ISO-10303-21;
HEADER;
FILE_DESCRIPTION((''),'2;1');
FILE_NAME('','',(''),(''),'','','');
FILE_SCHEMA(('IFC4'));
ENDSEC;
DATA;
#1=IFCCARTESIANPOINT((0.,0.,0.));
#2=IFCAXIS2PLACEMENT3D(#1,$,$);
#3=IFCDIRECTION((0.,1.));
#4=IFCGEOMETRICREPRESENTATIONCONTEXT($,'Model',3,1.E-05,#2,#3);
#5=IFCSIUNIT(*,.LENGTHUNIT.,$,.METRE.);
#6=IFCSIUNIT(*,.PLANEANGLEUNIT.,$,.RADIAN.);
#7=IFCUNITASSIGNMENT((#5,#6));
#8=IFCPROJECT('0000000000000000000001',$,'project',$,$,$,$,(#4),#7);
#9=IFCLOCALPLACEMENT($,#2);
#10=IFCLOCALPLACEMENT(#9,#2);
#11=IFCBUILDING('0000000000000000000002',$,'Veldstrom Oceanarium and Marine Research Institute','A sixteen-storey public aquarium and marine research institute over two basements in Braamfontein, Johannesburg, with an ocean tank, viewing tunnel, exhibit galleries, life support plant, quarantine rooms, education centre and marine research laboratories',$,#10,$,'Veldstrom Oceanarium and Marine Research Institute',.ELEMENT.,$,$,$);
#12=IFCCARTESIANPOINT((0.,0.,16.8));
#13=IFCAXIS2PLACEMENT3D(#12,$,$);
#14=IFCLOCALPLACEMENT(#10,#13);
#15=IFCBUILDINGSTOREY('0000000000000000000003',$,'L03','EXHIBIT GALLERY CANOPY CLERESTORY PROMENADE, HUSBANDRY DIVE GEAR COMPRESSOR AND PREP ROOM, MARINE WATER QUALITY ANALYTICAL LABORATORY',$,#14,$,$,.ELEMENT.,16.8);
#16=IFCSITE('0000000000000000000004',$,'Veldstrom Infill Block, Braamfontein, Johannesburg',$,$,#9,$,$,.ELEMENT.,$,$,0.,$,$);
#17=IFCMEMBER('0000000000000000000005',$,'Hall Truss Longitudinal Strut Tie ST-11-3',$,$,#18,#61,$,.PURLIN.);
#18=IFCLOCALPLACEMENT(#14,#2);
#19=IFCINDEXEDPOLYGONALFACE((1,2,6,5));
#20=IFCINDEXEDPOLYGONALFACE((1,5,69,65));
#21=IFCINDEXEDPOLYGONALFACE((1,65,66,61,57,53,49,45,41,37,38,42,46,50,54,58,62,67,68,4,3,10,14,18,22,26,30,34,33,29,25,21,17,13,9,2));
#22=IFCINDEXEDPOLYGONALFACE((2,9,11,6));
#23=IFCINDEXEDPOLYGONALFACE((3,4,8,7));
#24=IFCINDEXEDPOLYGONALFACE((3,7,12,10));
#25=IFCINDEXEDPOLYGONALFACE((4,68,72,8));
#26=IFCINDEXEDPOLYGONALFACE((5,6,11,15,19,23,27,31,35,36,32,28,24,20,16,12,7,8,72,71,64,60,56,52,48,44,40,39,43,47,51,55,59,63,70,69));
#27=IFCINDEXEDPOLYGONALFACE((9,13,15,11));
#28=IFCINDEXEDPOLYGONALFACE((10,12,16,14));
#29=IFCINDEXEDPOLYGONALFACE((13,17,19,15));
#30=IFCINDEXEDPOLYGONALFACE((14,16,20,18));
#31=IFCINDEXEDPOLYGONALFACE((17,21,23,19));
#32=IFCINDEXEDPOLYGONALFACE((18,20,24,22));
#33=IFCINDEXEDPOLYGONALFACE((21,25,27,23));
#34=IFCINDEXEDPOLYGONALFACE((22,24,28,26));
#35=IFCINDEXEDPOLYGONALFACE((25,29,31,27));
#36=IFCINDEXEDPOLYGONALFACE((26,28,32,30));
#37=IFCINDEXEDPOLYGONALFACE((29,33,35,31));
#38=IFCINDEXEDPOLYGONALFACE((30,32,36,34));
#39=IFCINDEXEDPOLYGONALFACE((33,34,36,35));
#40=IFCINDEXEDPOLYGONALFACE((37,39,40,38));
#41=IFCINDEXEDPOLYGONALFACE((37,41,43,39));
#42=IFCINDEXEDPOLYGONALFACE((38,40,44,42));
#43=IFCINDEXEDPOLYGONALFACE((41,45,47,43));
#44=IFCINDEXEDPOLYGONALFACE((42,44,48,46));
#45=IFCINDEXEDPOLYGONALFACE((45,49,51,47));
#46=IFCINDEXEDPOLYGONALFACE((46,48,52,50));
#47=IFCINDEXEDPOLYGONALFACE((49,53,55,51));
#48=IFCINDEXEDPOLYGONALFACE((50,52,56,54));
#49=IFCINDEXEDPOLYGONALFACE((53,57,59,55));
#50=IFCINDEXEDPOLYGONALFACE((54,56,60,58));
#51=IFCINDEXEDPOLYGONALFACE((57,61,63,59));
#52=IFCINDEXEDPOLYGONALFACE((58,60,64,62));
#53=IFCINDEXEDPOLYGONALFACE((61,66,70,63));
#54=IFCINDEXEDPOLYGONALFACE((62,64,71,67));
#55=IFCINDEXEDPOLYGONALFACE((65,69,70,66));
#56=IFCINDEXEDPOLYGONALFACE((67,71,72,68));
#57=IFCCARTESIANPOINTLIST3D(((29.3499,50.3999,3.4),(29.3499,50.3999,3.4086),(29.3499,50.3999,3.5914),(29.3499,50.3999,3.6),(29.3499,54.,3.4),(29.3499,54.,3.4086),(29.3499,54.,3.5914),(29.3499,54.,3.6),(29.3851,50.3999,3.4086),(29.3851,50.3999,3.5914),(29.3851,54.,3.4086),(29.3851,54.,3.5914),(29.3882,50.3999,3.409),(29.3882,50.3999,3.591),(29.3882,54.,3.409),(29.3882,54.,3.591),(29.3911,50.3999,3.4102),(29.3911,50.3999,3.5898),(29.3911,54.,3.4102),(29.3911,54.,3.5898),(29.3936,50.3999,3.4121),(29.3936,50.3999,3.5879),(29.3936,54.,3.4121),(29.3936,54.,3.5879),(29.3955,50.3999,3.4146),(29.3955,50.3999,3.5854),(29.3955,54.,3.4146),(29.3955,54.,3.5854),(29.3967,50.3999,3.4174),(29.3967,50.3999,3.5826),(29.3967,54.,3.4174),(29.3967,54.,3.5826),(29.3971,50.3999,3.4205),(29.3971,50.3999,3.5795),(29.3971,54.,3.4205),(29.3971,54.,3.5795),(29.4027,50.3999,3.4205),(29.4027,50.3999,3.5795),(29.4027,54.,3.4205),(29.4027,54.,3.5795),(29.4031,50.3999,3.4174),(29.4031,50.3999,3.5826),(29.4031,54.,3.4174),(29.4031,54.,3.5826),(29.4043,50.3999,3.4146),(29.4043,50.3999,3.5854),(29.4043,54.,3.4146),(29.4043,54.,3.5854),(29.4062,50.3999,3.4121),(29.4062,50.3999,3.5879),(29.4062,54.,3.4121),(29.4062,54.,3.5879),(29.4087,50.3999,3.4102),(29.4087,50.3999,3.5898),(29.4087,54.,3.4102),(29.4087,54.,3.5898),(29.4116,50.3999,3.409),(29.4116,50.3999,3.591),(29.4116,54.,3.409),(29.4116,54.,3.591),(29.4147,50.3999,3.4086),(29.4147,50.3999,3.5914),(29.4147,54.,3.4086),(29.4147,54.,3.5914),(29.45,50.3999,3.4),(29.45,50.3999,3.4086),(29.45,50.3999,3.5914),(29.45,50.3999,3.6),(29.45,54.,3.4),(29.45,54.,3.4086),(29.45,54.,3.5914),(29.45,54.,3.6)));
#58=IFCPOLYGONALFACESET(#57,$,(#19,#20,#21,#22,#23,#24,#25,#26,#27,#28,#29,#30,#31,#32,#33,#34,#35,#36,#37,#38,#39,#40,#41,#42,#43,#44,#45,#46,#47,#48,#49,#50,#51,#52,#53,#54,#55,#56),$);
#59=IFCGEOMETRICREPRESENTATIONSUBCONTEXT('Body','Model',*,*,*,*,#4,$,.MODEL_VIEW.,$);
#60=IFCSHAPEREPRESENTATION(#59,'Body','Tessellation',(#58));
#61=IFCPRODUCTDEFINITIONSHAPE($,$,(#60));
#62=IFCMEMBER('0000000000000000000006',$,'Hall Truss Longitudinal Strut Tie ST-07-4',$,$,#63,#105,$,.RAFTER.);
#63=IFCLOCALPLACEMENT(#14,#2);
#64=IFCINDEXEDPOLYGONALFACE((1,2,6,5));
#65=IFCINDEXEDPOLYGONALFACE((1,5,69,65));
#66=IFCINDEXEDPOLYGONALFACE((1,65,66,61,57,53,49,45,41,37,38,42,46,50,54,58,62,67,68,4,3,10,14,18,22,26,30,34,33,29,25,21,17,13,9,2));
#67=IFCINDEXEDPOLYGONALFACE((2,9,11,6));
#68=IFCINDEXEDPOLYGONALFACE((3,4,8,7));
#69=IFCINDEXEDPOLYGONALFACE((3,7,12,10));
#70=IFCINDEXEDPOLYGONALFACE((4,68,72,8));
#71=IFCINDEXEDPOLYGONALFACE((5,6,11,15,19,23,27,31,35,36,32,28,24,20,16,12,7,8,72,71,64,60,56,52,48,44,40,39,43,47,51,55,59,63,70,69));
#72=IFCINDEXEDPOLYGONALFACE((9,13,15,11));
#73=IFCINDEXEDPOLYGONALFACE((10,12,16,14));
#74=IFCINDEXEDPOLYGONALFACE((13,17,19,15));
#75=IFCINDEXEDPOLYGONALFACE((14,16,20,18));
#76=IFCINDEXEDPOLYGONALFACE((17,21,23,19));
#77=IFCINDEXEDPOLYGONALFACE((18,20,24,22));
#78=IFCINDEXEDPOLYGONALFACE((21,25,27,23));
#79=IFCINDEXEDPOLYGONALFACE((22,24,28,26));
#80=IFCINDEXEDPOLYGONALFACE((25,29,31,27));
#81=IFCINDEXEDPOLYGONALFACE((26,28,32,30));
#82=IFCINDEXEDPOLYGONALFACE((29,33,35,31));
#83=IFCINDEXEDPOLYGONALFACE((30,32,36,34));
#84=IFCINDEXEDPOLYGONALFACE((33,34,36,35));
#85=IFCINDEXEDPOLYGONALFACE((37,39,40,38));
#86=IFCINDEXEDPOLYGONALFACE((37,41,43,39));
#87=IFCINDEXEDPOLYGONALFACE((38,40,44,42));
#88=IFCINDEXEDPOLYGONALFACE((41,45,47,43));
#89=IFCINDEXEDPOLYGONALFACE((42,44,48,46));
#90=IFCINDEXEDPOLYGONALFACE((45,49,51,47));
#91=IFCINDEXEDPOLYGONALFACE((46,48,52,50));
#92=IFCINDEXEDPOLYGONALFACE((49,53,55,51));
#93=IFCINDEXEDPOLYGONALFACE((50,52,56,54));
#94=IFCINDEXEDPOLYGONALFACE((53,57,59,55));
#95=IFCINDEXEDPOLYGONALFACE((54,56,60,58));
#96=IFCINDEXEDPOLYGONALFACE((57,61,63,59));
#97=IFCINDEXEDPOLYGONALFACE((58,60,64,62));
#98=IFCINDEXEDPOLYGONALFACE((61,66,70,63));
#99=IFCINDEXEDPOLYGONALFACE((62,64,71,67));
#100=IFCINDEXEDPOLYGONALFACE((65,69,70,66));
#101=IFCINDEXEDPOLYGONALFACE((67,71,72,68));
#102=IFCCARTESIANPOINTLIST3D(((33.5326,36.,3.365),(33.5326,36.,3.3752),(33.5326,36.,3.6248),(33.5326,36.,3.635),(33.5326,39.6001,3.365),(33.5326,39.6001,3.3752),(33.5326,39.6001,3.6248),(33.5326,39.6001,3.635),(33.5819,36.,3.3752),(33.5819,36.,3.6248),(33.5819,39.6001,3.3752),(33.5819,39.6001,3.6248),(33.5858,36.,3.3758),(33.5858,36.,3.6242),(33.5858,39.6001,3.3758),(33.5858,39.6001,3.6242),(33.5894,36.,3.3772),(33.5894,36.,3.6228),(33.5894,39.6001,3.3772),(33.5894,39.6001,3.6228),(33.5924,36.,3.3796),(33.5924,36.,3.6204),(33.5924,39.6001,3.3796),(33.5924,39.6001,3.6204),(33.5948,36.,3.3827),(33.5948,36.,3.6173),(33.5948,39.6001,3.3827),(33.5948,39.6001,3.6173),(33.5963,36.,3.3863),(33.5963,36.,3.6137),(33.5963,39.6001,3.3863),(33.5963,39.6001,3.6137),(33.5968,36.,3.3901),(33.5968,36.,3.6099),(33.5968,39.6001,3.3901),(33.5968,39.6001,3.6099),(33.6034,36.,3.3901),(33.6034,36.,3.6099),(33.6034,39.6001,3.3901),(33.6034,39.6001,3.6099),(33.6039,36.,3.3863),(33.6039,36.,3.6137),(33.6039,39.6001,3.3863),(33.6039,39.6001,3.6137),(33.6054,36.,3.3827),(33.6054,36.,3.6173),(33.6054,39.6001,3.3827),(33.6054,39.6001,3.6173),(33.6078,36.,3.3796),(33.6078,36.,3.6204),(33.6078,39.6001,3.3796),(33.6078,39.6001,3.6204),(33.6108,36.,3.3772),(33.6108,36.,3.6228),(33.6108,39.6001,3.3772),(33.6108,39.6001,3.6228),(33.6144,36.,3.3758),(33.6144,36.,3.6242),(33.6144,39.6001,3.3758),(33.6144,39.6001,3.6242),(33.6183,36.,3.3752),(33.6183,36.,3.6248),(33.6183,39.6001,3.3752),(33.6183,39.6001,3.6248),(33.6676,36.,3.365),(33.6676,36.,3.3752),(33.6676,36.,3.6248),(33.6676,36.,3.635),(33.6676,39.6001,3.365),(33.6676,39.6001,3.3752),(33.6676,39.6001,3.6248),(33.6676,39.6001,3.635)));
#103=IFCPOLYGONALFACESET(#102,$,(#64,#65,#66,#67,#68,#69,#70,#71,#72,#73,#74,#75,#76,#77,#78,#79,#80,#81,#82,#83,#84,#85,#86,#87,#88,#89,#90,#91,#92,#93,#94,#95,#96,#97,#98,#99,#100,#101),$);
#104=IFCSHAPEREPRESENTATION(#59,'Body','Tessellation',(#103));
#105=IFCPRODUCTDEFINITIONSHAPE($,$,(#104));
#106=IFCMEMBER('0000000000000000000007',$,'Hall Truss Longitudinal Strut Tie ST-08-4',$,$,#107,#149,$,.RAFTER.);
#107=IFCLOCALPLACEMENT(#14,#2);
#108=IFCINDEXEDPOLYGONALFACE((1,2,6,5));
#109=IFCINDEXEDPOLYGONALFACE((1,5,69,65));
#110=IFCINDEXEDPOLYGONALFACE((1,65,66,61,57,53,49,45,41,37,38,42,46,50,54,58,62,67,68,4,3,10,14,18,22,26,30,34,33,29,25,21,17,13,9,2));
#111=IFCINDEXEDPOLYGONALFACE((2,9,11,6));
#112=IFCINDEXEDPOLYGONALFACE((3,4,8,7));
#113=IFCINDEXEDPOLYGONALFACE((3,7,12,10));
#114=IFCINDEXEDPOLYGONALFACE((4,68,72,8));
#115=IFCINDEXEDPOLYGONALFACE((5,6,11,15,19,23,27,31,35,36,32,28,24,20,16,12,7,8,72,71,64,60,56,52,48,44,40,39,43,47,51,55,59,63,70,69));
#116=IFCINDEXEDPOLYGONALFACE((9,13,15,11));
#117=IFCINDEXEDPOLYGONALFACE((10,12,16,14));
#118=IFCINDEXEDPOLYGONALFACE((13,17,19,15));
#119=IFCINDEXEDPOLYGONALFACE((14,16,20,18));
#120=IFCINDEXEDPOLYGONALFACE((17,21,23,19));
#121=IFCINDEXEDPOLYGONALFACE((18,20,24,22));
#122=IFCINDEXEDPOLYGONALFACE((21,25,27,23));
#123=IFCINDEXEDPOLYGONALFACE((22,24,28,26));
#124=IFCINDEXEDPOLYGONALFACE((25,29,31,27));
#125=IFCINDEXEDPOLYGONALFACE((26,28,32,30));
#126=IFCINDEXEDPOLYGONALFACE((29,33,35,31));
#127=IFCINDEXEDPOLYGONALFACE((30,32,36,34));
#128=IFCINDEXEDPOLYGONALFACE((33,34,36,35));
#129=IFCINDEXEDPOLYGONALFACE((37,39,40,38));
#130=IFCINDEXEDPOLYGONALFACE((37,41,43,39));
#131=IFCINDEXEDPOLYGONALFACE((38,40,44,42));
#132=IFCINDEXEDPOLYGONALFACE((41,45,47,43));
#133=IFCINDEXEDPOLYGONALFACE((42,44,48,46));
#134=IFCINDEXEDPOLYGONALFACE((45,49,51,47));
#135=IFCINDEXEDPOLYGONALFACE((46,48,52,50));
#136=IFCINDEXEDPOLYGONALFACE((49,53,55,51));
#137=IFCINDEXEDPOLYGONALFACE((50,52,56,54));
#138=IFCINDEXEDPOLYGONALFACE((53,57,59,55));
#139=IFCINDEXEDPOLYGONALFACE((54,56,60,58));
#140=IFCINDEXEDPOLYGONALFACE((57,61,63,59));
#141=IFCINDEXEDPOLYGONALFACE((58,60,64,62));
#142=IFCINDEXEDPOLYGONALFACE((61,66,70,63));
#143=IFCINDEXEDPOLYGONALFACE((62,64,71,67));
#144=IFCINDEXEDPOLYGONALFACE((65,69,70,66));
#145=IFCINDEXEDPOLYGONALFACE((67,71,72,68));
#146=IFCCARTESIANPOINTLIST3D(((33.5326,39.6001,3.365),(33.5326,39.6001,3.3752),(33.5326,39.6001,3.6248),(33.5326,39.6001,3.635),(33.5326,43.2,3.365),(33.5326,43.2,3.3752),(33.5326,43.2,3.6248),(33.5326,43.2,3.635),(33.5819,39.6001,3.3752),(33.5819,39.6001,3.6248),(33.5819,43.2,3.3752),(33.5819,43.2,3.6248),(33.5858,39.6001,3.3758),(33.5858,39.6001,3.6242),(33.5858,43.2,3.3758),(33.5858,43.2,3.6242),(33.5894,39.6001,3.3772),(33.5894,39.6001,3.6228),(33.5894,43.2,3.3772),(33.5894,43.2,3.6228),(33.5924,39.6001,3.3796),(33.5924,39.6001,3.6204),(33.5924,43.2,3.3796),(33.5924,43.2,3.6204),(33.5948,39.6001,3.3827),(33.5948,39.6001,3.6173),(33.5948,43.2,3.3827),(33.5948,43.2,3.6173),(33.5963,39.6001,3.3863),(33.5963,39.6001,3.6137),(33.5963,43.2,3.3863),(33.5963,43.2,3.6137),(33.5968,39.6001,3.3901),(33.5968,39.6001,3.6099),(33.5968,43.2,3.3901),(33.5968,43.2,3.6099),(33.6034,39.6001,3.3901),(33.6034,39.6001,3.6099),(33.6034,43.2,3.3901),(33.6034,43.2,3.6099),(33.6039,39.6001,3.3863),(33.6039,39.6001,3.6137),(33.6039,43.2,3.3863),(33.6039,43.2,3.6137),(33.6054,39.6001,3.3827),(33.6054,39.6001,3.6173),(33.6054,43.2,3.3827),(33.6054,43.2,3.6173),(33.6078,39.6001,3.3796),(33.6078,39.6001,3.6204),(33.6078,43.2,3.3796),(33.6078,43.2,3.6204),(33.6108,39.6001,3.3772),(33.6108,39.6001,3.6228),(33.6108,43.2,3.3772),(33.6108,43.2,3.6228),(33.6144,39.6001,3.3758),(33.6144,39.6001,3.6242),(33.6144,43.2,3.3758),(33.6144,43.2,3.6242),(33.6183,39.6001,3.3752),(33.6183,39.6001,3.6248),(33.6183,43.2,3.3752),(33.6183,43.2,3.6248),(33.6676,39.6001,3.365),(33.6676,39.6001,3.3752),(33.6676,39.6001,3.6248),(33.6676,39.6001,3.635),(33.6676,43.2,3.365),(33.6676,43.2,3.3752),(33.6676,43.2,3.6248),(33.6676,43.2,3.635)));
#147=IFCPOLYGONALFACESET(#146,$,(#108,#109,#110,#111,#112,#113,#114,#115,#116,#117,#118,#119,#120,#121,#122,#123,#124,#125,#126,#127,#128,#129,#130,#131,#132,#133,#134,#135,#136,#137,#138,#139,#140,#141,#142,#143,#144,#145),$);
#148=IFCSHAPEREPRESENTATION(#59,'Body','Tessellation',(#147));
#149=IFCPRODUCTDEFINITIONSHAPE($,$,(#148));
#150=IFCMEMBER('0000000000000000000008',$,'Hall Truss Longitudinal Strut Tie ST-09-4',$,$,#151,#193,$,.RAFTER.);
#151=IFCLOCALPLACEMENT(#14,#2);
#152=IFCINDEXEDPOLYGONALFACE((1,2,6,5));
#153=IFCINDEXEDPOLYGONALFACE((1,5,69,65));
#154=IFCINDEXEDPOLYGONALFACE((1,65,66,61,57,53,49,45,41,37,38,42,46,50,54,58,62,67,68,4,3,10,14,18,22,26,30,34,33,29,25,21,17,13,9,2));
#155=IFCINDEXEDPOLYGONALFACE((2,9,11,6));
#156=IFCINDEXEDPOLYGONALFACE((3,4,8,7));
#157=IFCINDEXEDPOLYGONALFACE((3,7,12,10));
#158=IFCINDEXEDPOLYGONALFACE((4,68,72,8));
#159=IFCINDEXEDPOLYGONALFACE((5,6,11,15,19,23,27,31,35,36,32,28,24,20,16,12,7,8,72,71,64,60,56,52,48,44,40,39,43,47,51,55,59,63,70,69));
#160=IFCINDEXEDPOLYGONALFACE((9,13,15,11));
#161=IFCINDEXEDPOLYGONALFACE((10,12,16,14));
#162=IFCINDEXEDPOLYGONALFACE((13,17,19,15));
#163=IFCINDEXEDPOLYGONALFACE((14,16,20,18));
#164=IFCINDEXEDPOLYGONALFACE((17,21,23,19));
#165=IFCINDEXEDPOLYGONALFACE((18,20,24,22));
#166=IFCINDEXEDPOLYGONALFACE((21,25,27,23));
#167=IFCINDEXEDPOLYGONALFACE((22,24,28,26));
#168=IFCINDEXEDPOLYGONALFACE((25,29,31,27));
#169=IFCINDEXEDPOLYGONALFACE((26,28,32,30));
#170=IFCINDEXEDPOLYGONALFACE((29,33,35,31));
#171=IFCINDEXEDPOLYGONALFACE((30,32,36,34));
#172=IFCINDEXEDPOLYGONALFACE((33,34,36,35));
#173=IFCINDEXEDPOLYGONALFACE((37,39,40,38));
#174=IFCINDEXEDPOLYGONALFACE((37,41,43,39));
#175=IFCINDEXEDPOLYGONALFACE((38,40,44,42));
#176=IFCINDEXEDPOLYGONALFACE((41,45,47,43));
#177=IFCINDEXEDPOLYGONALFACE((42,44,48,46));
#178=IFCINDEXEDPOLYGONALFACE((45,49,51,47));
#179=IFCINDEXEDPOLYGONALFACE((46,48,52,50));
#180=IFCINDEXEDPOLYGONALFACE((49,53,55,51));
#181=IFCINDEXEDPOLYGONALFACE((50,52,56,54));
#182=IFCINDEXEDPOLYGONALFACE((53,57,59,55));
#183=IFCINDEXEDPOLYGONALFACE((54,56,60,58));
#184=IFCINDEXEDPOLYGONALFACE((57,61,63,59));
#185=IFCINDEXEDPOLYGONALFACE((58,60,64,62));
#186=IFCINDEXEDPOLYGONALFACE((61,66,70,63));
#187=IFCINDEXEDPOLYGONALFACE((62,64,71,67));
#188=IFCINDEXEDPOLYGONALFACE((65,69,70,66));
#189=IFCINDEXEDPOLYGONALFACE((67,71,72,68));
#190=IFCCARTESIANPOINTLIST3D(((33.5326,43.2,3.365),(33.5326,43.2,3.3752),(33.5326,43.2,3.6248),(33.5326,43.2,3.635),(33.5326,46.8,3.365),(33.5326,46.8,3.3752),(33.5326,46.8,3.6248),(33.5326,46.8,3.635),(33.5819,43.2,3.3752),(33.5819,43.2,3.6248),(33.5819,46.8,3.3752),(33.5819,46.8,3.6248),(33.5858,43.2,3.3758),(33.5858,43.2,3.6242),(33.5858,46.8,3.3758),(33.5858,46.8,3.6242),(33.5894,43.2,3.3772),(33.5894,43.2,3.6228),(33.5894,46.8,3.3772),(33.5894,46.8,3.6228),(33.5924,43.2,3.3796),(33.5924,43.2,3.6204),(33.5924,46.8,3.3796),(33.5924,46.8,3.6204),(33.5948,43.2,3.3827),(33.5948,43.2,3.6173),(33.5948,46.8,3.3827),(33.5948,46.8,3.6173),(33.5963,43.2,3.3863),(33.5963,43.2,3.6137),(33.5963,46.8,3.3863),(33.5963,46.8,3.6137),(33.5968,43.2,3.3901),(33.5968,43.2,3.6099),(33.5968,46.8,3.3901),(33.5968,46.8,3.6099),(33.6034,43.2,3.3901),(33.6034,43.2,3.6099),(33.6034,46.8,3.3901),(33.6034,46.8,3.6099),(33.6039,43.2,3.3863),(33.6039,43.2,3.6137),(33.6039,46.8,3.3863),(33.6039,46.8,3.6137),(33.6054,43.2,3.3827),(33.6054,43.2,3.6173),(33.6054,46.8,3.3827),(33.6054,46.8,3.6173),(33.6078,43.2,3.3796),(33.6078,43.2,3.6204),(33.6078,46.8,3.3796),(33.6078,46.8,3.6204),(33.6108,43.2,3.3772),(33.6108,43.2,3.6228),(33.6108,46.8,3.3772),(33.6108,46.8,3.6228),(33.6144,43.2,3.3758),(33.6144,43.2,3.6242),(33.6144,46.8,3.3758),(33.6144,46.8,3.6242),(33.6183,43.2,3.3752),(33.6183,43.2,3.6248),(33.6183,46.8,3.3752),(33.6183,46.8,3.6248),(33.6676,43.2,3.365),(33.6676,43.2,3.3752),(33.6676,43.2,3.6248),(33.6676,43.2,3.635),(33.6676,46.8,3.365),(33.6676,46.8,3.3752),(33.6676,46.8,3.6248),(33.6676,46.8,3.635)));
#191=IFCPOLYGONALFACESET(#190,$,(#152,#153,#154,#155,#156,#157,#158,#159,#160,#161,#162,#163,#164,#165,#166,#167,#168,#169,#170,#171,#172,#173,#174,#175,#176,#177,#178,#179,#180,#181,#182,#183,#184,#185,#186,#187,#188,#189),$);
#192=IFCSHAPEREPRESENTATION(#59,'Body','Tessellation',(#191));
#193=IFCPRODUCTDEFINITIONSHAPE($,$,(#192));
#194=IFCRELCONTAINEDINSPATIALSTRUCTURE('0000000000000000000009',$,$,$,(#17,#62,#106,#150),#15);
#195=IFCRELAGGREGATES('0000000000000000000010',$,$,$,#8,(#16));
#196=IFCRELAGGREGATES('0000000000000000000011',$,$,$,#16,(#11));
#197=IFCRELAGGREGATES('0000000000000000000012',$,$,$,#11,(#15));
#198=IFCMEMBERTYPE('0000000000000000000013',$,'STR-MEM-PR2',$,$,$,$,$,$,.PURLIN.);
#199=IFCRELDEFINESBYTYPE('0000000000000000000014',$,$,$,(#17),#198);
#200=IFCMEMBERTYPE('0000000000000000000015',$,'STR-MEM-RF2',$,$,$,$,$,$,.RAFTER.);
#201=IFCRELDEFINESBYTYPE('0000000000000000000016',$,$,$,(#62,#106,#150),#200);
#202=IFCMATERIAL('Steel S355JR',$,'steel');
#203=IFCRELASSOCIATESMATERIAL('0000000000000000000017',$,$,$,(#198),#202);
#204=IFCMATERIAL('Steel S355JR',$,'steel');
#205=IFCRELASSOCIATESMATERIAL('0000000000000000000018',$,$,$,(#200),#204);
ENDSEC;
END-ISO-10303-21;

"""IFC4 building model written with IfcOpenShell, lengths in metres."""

from ifc_helpers import new_model, si_unit, direction, frame, origin, origin_2d, place, context, subcontext, project, spatial, i_section, extrude, material, material_profile, profile_set, type_object, element, save


model = new_model("IFC4")

# Units and contexts
model_context = context("Model", 3, precision=1e-05, world=origin(), true_north=direction((0.0, 1.0)))
body_context = subcontext(model_context, "Body", "Model", "MODEL_VIEW")
ifc_project = project(units=[si_unit("LENGTHUNIT", "METRE"), si_unit("PLANEANGLEUNIT", "RADIAN")], contexts=[model_context])

# Site, building, storey
site_placement = place(None, origin())
site = spatial("IfcSite", under=ifc_project, at=site_placement, Name="Veldstrom Infill Block, Braamfontein, Johannesburg", CompositionType="ELEMENT", RefElevation=0.0)
building_placement = place(site_placement, origin())
building = spatial("IfcBuilding", under=site, at=building_placement, Name="Veldstrom Oceanarium and Marine Research Institute", Description="A sixteen-storey public aquarium and marine research institute over two basements in Braamfontein, Johannesburg, with an ocean tank, viewing tunnel, exhibit galleries, life support plant, quarantine rooms, education centre and marine research laboratories", LongName="Veldstrom Oceanarium and Marine Research Institute", CompositionType="ELEMENT")
storey_placement = place(building_placement, frame((0.0, 0.0, 16.8)))
storey = spatial("IfcBuildingStorey", under=building, at=storey_placement, Name="L03", Description="EXHIBIT GALLERY CANOPY CLERESTORY PROMENADE, HUSBANDRY DIVE GEAR COMPRESSOR AND PREP ROOM, MARINE WATER QUALITY ANALYTICAL LABORATORY", CompositionType="ELEMENT", Elevation=16.8)

# Members
ifc_material_1 = material(Name="Steel S355JR", Category="steel")
ifc_material_profile_1 = material_profile(ifc_material_1, i_section(OverallWidth=0.1001, OverallDepth=0.2, WebThickness=0.0056, FlangeThickness=0.0085, FilletRadius=0.012, at=origin_2d()), Name="IPE 200")
ifc_profile_set_1 = profile_set([ifc_material_profile_1], Name="Steel S355JR")
member_type_1 = type_object("IfcMemberType", Name="STR-MEM-PR2", PredefinedType="PURLIN", material=ifc_profile_set_1)
member_1_placement = place(storey_placement, frame((29.3999, 50.3999, 3.5), z_axis=(0.0, 1.0, 0.0), x_axis=(-1.0, 0.0, 0.0)))
element("IfcMember", 1, at=member_1_placement, inside=storey, type_object=member_type_1, Name="Hall Truss Longitudinal Strut Tie ST-11-3", PredefinedType="PURLIN", context=body_context, shape_type="SweptSolid", body=[
    extrude(i_section(OverallWidth=0.1001, OverallDepth=0.2, WebThickness=0.0056, FlangeThickness=0.0085, FilletRadius=0.012, at=origin_2d()), origin(), (0.0, 0.0, 1.0), 3.6001),
])
ifc_material_2 = material(Name="Steel S355JR", Category="steel")
ifc_material_profile_2 = material_profile(ifc_material_2, i_section(OverallWidth=0.135, OverallDepth=0.27, WebThickness=0.0066, FlangeThickness=0.0103, FilletRadius=0.0149, at=origin_2d()), Name="IPE 270")
ifc_profile_set_2 = profile_set([ifc_material_profile_2], Name="Steel S355JR")
member_type_2 = type_object("IfcMemberType", Name="STR-MEM-RF2", PredefinedType="RAFTER", material=ifc_profile_set_2)
member_2_placement = place(storey_placement, frame((33.6001, 36.0, 3.5), z_axis=(0.0, 1.0, 0.0), x_axis=(-1.0, 0.0, 0.0)))
element("IfcMember", 2, at=member_2_placement, inside=storey, type_object=member_type_2, Name="Hall Truss Longitudinal Strut Tie ST-07-4", PredefinedType="RAFTER", context=body_context, shape_type="SweptSolid", body=[
    extrude(i_section(OverallWidth=0.135, OverallDepth=0.27, WebThickness=0.0066, FlangeThickness=0.0103, FilletRadius=0.0149, at=origin_2d()), origin(), (0.0, 0.0, 1.0), 3.6001),
])
member_3_placement = place(storey_placement, frame((33.6001, 39.6001, 3.5), z_axis=(0.0, 1.0, 0.0), x_axis=(-1.0, 0.0, 0.0)))
element("IfcMember", 3, at=member_3_placement, inside=storey, type_object=member_type_2, Name="Hall Truss Longitudinal Strut Tie ST-08-4", PredefinedType="RAFTER", context=body_context, shape_type="SweptSolid", body=[
    extrude(i_section(OverallWidth=0.135, OverallDepth=0.27, WebThickness=0.0066, FlangeThickness=0.0103, FilletRadius=0.0149, at=origin_2d()), origin(), (0.0, 0.0, 1.0), 3.5999),
])
member_4_placement = place(storey_placement, frame((33.6001, 43.2, 3.5), z_axis=(0.0, 1.0, 0.0), x_axis=(-1.0, 0.0, 0.0)))
element("IfcMember", 4, at=member_4_placement, inside=storey, type_object=member_type_2, Name="Hall Truss Longitudinal Strut Tie ST-09-4", PredefinedType="RAFTER", context=body_context, shape_type="SweptSolid", body=[
    extrude(i_section(OverallWidth=0.135, OverallDepth=0.27, WebThickness=0.0066, FlangeThickness=0.0103, FilletRadius=0.0149, at=origin_2d()), origin(), (0.0, 0.0, 1.0), 3.6001),
])

save(model, "model.ifc")
